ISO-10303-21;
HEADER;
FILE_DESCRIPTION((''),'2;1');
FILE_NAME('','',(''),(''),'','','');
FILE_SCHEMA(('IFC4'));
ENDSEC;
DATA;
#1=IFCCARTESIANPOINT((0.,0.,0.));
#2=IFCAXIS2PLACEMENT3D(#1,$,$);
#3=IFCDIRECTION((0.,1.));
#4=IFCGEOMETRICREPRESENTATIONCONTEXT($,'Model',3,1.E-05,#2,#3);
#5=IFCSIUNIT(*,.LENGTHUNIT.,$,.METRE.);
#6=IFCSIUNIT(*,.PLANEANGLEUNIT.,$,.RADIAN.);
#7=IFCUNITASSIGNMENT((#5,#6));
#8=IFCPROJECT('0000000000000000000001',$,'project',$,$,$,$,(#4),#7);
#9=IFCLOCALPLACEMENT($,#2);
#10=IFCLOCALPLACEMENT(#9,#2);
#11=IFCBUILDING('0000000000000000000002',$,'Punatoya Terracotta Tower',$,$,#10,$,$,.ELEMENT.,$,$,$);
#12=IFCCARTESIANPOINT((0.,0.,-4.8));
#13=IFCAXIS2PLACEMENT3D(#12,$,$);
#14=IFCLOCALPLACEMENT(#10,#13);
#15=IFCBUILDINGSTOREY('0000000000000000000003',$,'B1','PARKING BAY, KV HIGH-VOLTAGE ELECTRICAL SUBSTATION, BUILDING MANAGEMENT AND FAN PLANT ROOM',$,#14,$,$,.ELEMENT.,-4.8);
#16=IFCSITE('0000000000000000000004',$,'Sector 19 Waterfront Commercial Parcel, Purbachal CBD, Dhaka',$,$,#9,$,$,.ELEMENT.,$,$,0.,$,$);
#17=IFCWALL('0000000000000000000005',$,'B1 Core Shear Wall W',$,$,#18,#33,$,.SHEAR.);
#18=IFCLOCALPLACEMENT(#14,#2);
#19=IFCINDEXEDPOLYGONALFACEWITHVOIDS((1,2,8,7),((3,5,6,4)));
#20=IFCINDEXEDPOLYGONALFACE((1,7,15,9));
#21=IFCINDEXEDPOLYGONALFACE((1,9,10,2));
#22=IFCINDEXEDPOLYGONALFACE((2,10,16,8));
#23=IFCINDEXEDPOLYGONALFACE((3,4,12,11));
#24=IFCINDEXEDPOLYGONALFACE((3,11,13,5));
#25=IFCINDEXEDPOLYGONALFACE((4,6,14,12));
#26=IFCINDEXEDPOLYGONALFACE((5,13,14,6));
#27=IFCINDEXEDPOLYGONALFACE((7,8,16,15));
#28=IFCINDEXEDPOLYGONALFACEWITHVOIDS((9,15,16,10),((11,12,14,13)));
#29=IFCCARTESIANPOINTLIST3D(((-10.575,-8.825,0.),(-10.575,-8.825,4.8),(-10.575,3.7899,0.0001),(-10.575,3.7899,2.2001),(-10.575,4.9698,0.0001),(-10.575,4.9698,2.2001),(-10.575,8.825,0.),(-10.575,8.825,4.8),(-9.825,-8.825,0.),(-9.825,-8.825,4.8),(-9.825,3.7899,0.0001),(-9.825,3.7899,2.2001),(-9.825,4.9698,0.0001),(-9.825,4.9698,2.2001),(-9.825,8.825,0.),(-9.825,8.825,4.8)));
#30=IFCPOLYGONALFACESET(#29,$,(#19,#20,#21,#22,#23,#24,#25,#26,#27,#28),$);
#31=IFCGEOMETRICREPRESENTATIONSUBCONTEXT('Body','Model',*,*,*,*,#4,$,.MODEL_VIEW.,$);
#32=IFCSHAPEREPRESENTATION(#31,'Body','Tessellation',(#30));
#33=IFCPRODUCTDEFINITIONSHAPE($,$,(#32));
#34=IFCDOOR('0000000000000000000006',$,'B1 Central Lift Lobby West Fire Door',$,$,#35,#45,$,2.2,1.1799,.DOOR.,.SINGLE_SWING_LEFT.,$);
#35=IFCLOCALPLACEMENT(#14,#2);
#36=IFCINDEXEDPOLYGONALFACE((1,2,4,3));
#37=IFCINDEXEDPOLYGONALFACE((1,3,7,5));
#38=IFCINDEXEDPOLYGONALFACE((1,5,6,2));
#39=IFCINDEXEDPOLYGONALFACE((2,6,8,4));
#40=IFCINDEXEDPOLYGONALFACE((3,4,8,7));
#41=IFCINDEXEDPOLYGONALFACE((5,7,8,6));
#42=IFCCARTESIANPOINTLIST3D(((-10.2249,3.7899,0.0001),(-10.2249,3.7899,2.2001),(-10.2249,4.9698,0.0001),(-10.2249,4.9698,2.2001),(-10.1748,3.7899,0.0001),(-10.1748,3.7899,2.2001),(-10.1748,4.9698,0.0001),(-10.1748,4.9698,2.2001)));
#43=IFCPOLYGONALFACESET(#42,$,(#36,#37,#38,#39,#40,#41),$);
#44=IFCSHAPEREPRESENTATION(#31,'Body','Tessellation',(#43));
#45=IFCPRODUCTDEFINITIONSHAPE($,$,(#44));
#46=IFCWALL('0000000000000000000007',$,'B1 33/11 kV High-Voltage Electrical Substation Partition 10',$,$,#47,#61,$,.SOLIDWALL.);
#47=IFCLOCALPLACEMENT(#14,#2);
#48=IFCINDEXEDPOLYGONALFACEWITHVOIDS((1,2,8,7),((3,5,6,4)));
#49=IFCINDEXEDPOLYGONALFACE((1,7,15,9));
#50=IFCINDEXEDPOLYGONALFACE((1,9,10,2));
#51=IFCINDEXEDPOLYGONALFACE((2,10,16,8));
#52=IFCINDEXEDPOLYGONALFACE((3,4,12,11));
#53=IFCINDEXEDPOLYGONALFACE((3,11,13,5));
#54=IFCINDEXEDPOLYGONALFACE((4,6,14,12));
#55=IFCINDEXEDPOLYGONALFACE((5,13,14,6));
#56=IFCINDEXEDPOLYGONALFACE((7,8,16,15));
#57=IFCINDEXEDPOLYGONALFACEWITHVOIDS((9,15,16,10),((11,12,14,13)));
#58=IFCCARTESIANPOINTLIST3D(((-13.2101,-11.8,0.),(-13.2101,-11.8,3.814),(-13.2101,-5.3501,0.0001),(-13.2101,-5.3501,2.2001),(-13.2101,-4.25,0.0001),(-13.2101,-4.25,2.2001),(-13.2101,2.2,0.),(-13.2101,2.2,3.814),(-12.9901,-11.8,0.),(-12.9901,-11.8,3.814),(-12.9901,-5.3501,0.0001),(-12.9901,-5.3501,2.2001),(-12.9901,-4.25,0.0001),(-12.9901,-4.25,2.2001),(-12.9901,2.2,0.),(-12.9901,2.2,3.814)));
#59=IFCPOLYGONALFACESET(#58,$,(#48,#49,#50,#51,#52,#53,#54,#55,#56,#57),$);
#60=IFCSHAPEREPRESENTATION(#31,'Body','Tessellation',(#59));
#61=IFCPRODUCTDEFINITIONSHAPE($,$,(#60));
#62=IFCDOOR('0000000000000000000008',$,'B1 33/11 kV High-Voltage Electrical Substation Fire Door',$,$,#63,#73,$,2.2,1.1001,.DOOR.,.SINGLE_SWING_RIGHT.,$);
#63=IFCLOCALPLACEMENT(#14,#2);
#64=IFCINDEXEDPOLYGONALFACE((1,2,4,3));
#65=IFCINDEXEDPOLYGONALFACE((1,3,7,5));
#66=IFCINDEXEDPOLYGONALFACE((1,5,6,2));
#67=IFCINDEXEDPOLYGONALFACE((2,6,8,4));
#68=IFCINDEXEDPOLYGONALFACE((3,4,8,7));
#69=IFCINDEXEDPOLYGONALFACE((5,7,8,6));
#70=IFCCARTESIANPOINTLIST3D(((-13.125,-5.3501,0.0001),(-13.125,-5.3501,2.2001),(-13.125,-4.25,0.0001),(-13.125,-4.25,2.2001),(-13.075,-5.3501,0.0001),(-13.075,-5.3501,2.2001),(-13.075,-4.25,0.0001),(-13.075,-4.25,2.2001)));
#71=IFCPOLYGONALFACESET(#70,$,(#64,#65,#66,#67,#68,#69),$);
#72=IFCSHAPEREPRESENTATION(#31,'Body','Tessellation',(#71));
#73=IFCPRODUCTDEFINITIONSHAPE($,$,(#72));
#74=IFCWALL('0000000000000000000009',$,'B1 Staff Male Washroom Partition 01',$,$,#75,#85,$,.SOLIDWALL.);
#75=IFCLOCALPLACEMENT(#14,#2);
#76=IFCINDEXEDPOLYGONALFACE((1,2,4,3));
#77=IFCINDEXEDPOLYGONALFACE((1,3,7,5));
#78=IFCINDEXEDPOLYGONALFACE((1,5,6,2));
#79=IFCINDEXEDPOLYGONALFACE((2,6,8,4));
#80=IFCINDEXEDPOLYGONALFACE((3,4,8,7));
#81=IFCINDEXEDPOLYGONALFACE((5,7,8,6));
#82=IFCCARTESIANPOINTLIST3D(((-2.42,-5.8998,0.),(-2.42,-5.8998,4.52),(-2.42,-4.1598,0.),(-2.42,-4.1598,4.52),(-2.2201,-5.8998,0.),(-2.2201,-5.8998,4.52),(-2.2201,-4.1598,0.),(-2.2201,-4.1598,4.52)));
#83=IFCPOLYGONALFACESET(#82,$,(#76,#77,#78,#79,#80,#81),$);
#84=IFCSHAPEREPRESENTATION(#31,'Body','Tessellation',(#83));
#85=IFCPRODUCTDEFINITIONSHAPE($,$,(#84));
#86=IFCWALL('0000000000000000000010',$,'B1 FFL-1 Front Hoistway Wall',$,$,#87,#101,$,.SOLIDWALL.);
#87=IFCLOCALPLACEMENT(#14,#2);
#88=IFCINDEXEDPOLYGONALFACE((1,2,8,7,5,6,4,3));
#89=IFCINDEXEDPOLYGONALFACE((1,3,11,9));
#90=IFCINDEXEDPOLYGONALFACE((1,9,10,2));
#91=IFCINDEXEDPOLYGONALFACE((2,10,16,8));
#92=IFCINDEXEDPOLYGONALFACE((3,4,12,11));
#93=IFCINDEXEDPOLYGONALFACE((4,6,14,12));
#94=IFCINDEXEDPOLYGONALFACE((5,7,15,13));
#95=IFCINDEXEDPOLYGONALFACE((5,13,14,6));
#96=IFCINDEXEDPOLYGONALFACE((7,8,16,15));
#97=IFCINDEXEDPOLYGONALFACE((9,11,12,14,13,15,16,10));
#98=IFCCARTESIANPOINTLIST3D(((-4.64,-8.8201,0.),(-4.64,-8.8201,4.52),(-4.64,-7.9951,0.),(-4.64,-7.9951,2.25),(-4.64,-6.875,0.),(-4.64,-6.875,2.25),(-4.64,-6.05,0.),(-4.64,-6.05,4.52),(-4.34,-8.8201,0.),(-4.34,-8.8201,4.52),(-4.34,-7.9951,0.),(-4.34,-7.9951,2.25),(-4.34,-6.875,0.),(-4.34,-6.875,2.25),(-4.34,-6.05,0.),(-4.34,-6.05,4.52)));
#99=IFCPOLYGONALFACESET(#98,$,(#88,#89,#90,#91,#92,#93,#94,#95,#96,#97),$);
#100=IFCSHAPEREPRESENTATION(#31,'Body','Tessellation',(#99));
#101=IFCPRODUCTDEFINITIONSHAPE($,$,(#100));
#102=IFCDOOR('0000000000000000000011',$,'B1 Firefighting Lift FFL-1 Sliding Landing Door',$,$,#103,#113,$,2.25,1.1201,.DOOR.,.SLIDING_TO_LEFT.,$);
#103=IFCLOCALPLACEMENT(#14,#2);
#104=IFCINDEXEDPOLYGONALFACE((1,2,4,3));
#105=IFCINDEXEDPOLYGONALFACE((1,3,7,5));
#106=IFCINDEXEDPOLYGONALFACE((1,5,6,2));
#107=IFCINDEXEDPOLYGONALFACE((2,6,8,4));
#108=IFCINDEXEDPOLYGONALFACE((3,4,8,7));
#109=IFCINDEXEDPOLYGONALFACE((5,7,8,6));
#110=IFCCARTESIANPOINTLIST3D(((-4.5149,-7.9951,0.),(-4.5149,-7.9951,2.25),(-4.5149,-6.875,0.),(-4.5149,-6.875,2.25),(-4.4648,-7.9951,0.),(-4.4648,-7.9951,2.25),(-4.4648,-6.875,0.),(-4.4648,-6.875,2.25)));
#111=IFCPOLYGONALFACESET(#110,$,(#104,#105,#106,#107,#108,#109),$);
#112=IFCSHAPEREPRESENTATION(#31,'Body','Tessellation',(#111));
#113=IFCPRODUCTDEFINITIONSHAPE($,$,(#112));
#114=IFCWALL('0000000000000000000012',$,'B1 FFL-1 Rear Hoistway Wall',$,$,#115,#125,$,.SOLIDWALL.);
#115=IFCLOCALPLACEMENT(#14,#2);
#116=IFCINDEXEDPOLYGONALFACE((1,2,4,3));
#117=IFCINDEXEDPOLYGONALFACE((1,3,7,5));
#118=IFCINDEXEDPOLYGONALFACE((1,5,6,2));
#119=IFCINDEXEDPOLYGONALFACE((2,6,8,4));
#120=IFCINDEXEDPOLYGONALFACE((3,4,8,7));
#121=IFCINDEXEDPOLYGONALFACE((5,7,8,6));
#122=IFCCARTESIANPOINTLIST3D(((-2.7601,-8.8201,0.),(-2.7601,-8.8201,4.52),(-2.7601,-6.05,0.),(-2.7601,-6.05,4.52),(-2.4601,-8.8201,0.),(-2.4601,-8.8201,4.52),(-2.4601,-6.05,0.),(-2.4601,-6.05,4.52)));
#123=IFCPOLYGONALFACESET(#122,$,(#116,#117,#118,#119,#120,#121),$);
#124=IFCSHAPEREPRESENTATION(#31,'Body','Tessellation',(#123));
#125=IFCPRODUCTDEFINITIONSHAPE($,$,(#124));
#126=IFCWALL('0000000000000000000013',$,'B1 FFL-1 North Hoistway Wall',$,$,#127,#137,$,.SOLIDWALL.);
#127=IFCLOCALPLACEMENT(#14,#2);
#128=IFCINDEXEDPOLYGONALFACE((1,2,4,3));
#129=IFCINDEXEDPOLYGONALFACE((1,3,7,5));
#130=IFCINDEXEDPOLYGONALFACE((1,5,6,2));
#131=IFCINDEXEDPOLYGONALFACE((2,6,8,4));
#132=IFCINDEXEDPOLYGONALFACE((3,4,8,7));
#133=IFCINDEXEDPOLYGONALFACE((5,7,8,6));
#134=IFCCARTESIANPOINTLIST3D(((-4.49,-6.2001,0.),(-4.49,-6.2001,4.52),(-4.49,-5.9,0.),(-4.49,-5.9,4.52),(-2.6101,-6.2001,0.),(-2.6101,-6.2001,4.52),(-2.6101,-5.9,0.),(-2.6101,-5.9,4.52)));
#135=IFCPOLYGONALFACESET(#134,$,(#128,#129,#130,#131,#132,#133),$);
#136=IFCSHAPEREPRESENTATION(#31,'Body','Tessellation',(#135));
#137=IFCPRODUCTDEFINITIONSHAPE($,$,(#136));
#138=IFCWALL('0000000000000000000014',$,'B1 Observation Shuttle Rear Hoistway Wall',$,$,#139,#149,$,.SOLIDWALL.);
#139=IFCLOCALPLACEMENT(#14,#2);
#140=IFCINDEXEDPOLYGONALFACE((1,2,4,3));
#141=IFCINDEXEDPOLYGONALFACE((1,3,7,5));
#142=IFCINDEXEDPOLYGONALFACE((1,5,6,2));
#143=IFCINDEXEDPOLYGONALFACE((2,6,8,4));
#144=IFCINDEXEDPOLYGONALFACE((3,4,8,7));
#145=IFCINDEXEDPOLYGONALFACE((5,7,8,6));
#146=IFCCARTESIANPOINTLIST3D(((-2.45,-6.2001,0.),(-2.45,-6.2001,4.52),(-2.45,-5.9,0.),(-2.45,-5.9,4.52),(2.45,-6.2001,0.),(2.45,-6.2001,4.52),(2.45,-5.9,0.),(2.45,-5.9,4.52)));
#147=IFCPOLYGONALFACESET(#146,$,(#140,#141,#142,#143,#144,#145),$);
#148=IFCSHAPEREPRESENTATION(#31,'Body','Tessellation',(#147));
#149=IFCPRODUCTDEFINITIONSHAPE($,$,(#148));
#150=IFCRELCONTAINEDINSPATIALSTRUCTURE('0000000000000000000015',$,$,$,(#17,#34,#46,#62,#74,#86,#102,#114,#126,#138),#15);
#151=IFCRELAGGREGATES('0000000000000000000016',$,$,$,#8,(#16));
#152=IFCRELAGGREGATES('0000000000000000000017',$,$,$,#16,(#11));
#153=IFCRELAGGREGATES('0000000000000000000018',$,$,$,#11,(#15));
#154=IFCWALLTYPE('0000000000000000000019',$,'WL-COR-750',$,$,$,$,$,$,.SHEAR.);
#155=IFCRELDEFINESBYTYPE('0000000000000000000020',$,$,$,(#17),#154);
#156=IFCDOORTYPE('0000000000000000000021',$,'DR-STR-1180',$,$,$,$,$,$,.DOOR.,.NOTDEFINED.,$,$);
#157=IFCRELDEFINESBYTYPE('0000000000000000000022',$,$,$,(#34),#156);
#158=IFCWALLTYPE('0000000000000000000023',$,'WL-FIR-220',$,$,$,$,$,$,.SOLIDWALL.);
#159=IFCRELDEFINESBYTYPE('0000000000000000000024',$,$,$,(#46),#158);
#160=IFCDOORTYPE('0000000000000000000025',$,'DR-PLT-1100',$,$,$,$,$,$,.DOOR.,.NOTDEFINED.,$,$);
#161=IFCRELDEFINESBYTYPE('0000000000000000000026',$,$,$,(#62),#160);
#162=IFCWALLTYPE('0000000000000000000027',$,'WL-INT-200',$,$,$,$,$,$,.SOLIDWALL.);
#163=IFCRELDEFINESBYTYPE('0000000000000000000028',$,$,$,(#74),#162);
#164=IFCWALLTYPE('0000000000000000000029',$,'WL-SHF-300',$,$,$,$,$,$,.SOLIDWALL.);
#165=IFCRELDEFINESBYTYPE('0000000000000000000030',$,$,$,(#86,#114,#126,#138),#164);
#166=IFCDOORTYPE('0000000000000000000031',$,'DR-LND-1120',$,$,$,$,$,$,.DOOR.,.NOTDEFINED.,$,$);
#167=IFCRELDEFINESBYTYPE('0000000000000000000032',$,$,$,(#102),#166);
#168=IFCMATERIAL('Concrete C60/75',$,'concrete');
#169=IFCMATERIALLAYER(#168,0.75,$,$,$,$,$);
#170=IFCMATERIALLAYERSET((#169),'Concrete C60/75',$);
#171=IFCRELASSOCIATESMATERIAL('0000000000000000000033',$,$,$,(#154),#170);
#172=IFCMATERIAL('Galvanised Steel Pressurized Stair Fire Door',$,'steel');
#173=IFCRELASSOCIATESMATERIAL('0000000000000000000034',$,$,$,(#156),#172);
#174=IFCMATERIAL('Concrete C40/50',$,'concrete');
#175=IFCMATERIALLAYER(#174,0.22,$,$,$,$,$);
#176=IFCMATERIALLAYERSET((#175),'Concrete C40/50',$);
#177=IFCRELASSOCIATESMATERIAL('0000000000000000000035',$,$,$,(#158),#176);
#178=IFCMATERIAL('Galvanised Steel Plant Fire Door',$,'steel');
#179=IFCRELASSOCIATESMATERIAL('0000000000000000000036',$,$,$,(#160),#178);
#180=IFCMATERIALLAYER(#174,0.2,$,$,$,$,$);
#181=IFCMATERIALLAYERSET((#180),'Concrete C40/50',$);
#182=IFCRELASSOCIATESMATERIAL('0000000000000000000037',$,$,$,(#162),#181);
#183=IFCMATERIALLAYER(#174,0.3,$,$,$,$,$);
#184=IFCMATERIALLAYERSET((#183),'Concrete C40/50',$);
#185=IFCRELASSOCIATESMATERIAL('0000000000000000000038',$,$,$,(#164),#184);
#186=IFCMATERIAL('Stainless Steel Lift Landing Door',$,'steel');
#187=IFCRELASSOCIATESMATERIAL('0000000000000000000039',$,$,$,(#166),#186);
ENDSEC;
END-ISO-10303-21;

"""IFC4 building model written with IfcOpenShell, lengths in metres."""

from ifc_helpers import new_model, si_unit, direction, frame, frame_2d, origin, place, context, subcontext, project, spatial, rectangle, extrude, material, layer, layer_set, type_object, element, fill, save


model = new_model("IFC4")

# Units and contexts
model_context = context("Model", 3, precision=1e-05, world=origin(), true_north=direction((0.0, 1.0)))
body_context = subcontext(model_context, "Body", "Model", "MODEL_VIEW")
ifc_project = project(units=[si_unit("LENGTHUNIT", "METRE"), si_unit("PLANEANGLEUNIT", "RADIAN")], contexts=[model_context])

# Site, building, storey
site_placement = place(None, origin())
site = spatial("IfcSite", under=ifc_project, at=site_placement, Name="Sector 19 Waterfront Commercial Parcel, Purbachal CBD, Dhaka", CompositionType="ELEMENT", RefElevation=0.0)
building_placement = place(site_placement, origin())
building = spatial("IfcBuilding", under=site, at=building_placement, Name="Punatoya Terracotta Tower", CompositionType="ELEMENT")
storey_placement = place(building_placement, frame((0.0, 0.0, -4.8)))
storey = spatial("IfcBuildingStorey", under=building, at=storey_placement, Name="B1", Description="PARKING BAY, KV HIGH-VOLTAGE ELECTRICAL SUBSTATION, BUILDING MANAGEMENT AND FAN PLANT ROOM", CompositionType="ELEMENT", Elevation=-4.8)

# Shared definitions
ifc_material_1 = material(Name="Concrete C60/75", Category="concrete")

# Walls, openings, doors
ifc_layer_1 = layer(ifc_material_1, 0.75)
ifc_layer_set_1 = layer_set([ifc_layer_1], Name="Concrete C60/75")
wall_type_1 = type_object("IfcWallType", Name="WL-COR-750", PredefinedType="SHEAR", material=ifc_layer_set_1)
wall_1_placement = place(storey_placement, frame((-10.2, -8.825, 0.0), z_axis=(0.0, 0.0, 1.0), x_axis=(0.0, 1.0, 0.0)))
wall_1 = element("IfcWall", 1, at=wall_1_placement, inside=storey, type_object=wall_type_1, Name="B1 Core Shear Wall W", PredefinedType="SHEAR", context=body_context, shape_type="SweptSolid", body=[
    extrude(rectangle(XDim=17.6499, YDim=0.75, at=frame_2d((8.825, 0.0))), origin(), (0.0, 0.0, 1.0), 4.8),
])
opening_1_placement = place(wall_1_placement, frame((12.615, 0.0, 0.0)))
opening_1 = element("IfcOpeningElement", 2, at=opening_1_placement, cuts=wall_1, PredefinedType="OPENING", context=body_context, shape_type="SweptSolid", body=[
    extrude(rectangle(XDim=1.1799, YDim=2.2, at=frame_2d((0.5898, 1.1001))), frame((0.0, 0.385, 0.0), z_axis=(0.0, -1.0, 0.0), x_axis=(1.0, 0.0, 0.0)), (0.0, 0.0, 1.0), 0.77),
])
ifc_material_2 = material(Name="Galvanised Steel Pressurized Stair Fire Door", Category="steel")
door_type_1 = type_object("IfcDoorType", Name="DR-STR-1180", OperationType="NOTDEFINED", PredefinedType="DOOR", material=ifc_material_2)
door_1_placement = place(opening_1_placement, origin())
door_1 = element("IfcDoor", 3, at=door_1_placement, inside=storey, type_object=door_type_1, Name="B1 Central Lift Lobby West Fire Door", OperationType="SINGLE_SWING_LEFT", OverallHeight=2.2, OverallWidth=1.1799, PredefinedType="DOOR", context=body_context, shape_type="SweptSolid", body=[
    extrude(rectangle(XDim=1.1799, YDim=2.2, at=frame_2d((0.5898, 1.1001))), frame((0.0, 0.0249, 0.0), z_axis=(0.0, -1.0, 0.0), x_axis=(1.0, 0.0, 0.0)), (0.0, 0.0, 1.0), 0.05),
])
fill(opening_1, door_1)
ifc_material_3 = material(Name="Concrete C40/50", Category="concrete")
ifc_layer_2 = layer(ifc_material_3, 0.22)
ifc_layer_set_2 = layer_set([ifc_layer_2], Name="Concrete C40/50")
wall_type_2 = type_object("IfcWallType", Name="WL-FIR-220", PredefinedType="SOLIDWALL", material=ifc_layer_set_2)
wall_2_placement = place(storey_placement, frame((-13.1001, -11.8, 0.0), z_axis=(0.0, 0.0, 1.0), x_axis=(0.0, 1.0, 0.0)))
wall_2 = element("IfcWall", 4, at=wall_2_placement, inside=storey, type_object=wall_type_2, Name="B1 33/11 kV High-Voltage Electrical Substation Partition 10", PredefinedType="SOLIDWALL", context=body_context, shape_type="SweptSolid", body=[
    extrude(rectangle(XDim=14.0, YDim=0.22, at=frame_2d((7.0, 0.0))), origin(), (0.0, 0.0, 1.0), 3.814),
])
opening_2_placement = place(wall_2_placement, frame((6.45, 0.0, 0.0)))
opening_2 = element("IfcOpeningElement", 5, at=opening_2_placement, cuts=wall_2, PredefinedType="OPENING", context=body_context, shape_type="SweptSolid", body=[
    extrude(rectangle(XDim=1.1001, YDim=2.2, at=frame_2d((0.55, 1.1001))), frame((0.0, 0.1199, 0.0), z_axis=(0.0, -1.0, 0.0), x_axis=(1.0, 0.0, 0.0)), (0.0, 0.0, 1.0), 0.24),
])
ifc_material_4 = material(Name="Galvanised Steel Plant Fire Door", Category="steel")
door_type_2 = type_object("IfcDoorType", Name="DR-PLT-1100", OperationType="NOTDEFINED", PredefinedType="DOOR", material=ifc_material_4)
door_2_placement = place(opening_2_placement, origin())
door_2 = element("IfcDoor", 6, at=door_2_placement, inside=storey, type_object=door_type_2, Name="B1 33/11 kV High-Voltage Electrical Substation Fire Door", OperationType="SINGLE_SWING_RIGHT", OverallHeight=2.2, OverallWidth=1.1001, PredefinedType="DOOR", context=body_context, shape_type="SweptSolid", body=[
    extrude(rectangle(XDim=1.1001, YDim=2.2, at=frame_2d((0.55, 1.1001))), frame((0.0, 0.0249, 0.0), z_axis=(0.0, -1.0, 0.0), x_axis=(1.0, 0.0, 0.0)), (0.0, 0.0, 1.0), 0.05),
])
fill(opening_2, door_2)

# Wall
ifc_layer_3 = layer(ifc_material_3, 0.2)
ifc_layer_set_3 = layer_set([ifc_layer_3], Name="Concrete C40/50")
wall_type_3 = type_object("IfcWallType", Name="WL-INT-200", PredefinedType="SOLIDWALL", material=ifc_layer_set_3)
wall_3_placement = place(storey_placement, frame((-2.3201, -5.8999, 0.0), z_axis=(0.0, 0.0, 1.0), x_axis=(0.0, 1.0, 0.0)))
element("IfcWall", 7, at=wall_3_placement, inside=storey, type_object=wall_type_3, Name="B1 Staff Male Washroom Partition 01", PredefinedType="SOLIDWALL", context=body_context, shape_type="SweptSolid", body=[
    extrude(rectangle(XDim=1.74, YDim=0.2, at=frame_2d((0.8701, 0.0))), origin(), (0.0, 0.0, 1.0), 4.52),
])

# Wall, opening, door
ifc_layer_4 = layer(ifc_material_3, 0.3)
ifc_layer_set_4 = layer_set([ifc_layer_4], Name="Concrete C40/50")
wall_type_4 = type_object("IfcWallType", Name="WL-SHF-300", PredefinedType="SOLIDWALL", material=ifc_layer_set_4)
wall_4_placement = place(storey_placement, frame((-4.49, -8.8201, 0.0), z_axis=(0.0, 0.0, 1.0), x_axis=(0.0, 1.0, 0.0)))
wall_4 = element("IfcWall", 8, at=wall_4_placement, inside=storey, type_object=wall_type_4, Name="B1 FFL-1 Front Hoistway Wall", PredefinedType="SOLIDWALL", context=body_context, shape_type="SweptSolid", body=[
    extrude(rectangle(XDim=2.77, YDim=0.3, at=frame_2d((1.385, 0.0))), origin(), (0.0, 0.0, 1.0), 4.52),
])
opening_3_placement = place(wall_4_placement, frame((0.825, 0.0, 0.0)))
opening_3 = element("IfcOpeningElement", 9, at=opening_3_placement, cuts=wall_4, PredefinedType="OPENING", context=body_context, shape_type="SweptSolid", body=[
    extrude(rectangle(XDim=1.1201, YDim=2.25, at=frame_2d((0.5601, 1.125))), frame((0.0, 0.1599, 0.0), z_axis=(0.0, -1.0, 0.0), x_axis=(1.0, 0.0, 0.0)), (0.0, 0.0, 1.0), 0.3201),
])
ifc_material_5 = material(Name="Stainless Steel Lift Landing Door", Category="steel")
door_type_3 = type_object("IfcDoorType", Name="DR-LND-1120", OperationType="NOTDEFINED", PredefinedType="DOOR", material=ifc_material_5)
door_3_placement = place(opening_3_placement, origin())
door_3 = element("IfcDoor", 10, at=door_3_placement, inside=storey, type_object=door_type_3, Name="B1 Firefighting Lift FFL-1 Sliding Landing Door", OperationType="SLIDING_TO_LEFT", OverallHeight=2.25, OverallWidth=1.1201, PredefinedType="DOOR", context=body_context, shape_type="SweptSolid", body=[
    extrude(rectangle(XDim=1.1201, YDim=2.25, at=frame_2d((0.5601, 1.125))), frame((0.0, 0.0249, 0.0), z_axis=(0.0, -1.0, 0.0), x_axis=(1.0, 0.0, 0.0)), (0.0, 0.0, 1.0), 0.05),
])
fill(opening_3, door_3)

# Walls
wall_5_placement = place(storey_placement, frame((-2.6101, -8.8201, 0.0), z_axis=(0.0, 0.0, 1.0), x_axis=(0.0, 1.0, 0.0)))
element("IfcWall", 11, at=wall_5_placement, inside=storey, type_object=wall_type_4, Name="B1 FFL-1 Rear Hoistway Wall", PredefinedType="SOLIDWALL", context=body_context, shape_type="SweptSolid", body=[
    extrude(rectangle(XDim=2.77, YDim=0.3, at=frame_2d((1.385, 0.0))), origin(), (0.0, 0.0, 1.0), 4.52),
])
wall_6_placement = place(storey_placement, frame((-4.49, -6.05, 0.0), z_axis=(0.0, 0.0, 1.0), x_axis=(1.0, 0.0, 0.0)))
element("IfcWall", 12, at=wall_6_placement, inside=storey, type_object=wall_type_4, Name="B1 FFL-1 North Hoistway Wall", PredefinedType="SOLIDWALL", context=body_context, shape_type="SweptSolid", body=[
    extrude(rectangle(XDim=1.8799, YDim=0.3, at=frame_2d((0.9399, 0.0))), origin(), (0.0, 0.0, 1.0), 4.52),
])
wall_7_placement = place(storey_placement, frame((-2.45, -6.05, 0.0), z_axis=(0.0, 0.0, 1.0), x_axis=(1.0, 0.0, 0.0)))
element("IfcWall", 13, at=wall_7_placement, inside=storey, type_object=wall_type_4, Name="B1 Observation Shuttle Rear Hoistway Wall", PredefinedType="SOLIDWALL", context=body_context, shape_type="SweptSolid", body=[
    extrude(rectangle(XDim=4.8999, YDim=0.3, at=frame_2d((2.45, 0.0))), origin(), (0.0, 0.0, 1.0), 4.52),
])

save(model, "model.ifc")
